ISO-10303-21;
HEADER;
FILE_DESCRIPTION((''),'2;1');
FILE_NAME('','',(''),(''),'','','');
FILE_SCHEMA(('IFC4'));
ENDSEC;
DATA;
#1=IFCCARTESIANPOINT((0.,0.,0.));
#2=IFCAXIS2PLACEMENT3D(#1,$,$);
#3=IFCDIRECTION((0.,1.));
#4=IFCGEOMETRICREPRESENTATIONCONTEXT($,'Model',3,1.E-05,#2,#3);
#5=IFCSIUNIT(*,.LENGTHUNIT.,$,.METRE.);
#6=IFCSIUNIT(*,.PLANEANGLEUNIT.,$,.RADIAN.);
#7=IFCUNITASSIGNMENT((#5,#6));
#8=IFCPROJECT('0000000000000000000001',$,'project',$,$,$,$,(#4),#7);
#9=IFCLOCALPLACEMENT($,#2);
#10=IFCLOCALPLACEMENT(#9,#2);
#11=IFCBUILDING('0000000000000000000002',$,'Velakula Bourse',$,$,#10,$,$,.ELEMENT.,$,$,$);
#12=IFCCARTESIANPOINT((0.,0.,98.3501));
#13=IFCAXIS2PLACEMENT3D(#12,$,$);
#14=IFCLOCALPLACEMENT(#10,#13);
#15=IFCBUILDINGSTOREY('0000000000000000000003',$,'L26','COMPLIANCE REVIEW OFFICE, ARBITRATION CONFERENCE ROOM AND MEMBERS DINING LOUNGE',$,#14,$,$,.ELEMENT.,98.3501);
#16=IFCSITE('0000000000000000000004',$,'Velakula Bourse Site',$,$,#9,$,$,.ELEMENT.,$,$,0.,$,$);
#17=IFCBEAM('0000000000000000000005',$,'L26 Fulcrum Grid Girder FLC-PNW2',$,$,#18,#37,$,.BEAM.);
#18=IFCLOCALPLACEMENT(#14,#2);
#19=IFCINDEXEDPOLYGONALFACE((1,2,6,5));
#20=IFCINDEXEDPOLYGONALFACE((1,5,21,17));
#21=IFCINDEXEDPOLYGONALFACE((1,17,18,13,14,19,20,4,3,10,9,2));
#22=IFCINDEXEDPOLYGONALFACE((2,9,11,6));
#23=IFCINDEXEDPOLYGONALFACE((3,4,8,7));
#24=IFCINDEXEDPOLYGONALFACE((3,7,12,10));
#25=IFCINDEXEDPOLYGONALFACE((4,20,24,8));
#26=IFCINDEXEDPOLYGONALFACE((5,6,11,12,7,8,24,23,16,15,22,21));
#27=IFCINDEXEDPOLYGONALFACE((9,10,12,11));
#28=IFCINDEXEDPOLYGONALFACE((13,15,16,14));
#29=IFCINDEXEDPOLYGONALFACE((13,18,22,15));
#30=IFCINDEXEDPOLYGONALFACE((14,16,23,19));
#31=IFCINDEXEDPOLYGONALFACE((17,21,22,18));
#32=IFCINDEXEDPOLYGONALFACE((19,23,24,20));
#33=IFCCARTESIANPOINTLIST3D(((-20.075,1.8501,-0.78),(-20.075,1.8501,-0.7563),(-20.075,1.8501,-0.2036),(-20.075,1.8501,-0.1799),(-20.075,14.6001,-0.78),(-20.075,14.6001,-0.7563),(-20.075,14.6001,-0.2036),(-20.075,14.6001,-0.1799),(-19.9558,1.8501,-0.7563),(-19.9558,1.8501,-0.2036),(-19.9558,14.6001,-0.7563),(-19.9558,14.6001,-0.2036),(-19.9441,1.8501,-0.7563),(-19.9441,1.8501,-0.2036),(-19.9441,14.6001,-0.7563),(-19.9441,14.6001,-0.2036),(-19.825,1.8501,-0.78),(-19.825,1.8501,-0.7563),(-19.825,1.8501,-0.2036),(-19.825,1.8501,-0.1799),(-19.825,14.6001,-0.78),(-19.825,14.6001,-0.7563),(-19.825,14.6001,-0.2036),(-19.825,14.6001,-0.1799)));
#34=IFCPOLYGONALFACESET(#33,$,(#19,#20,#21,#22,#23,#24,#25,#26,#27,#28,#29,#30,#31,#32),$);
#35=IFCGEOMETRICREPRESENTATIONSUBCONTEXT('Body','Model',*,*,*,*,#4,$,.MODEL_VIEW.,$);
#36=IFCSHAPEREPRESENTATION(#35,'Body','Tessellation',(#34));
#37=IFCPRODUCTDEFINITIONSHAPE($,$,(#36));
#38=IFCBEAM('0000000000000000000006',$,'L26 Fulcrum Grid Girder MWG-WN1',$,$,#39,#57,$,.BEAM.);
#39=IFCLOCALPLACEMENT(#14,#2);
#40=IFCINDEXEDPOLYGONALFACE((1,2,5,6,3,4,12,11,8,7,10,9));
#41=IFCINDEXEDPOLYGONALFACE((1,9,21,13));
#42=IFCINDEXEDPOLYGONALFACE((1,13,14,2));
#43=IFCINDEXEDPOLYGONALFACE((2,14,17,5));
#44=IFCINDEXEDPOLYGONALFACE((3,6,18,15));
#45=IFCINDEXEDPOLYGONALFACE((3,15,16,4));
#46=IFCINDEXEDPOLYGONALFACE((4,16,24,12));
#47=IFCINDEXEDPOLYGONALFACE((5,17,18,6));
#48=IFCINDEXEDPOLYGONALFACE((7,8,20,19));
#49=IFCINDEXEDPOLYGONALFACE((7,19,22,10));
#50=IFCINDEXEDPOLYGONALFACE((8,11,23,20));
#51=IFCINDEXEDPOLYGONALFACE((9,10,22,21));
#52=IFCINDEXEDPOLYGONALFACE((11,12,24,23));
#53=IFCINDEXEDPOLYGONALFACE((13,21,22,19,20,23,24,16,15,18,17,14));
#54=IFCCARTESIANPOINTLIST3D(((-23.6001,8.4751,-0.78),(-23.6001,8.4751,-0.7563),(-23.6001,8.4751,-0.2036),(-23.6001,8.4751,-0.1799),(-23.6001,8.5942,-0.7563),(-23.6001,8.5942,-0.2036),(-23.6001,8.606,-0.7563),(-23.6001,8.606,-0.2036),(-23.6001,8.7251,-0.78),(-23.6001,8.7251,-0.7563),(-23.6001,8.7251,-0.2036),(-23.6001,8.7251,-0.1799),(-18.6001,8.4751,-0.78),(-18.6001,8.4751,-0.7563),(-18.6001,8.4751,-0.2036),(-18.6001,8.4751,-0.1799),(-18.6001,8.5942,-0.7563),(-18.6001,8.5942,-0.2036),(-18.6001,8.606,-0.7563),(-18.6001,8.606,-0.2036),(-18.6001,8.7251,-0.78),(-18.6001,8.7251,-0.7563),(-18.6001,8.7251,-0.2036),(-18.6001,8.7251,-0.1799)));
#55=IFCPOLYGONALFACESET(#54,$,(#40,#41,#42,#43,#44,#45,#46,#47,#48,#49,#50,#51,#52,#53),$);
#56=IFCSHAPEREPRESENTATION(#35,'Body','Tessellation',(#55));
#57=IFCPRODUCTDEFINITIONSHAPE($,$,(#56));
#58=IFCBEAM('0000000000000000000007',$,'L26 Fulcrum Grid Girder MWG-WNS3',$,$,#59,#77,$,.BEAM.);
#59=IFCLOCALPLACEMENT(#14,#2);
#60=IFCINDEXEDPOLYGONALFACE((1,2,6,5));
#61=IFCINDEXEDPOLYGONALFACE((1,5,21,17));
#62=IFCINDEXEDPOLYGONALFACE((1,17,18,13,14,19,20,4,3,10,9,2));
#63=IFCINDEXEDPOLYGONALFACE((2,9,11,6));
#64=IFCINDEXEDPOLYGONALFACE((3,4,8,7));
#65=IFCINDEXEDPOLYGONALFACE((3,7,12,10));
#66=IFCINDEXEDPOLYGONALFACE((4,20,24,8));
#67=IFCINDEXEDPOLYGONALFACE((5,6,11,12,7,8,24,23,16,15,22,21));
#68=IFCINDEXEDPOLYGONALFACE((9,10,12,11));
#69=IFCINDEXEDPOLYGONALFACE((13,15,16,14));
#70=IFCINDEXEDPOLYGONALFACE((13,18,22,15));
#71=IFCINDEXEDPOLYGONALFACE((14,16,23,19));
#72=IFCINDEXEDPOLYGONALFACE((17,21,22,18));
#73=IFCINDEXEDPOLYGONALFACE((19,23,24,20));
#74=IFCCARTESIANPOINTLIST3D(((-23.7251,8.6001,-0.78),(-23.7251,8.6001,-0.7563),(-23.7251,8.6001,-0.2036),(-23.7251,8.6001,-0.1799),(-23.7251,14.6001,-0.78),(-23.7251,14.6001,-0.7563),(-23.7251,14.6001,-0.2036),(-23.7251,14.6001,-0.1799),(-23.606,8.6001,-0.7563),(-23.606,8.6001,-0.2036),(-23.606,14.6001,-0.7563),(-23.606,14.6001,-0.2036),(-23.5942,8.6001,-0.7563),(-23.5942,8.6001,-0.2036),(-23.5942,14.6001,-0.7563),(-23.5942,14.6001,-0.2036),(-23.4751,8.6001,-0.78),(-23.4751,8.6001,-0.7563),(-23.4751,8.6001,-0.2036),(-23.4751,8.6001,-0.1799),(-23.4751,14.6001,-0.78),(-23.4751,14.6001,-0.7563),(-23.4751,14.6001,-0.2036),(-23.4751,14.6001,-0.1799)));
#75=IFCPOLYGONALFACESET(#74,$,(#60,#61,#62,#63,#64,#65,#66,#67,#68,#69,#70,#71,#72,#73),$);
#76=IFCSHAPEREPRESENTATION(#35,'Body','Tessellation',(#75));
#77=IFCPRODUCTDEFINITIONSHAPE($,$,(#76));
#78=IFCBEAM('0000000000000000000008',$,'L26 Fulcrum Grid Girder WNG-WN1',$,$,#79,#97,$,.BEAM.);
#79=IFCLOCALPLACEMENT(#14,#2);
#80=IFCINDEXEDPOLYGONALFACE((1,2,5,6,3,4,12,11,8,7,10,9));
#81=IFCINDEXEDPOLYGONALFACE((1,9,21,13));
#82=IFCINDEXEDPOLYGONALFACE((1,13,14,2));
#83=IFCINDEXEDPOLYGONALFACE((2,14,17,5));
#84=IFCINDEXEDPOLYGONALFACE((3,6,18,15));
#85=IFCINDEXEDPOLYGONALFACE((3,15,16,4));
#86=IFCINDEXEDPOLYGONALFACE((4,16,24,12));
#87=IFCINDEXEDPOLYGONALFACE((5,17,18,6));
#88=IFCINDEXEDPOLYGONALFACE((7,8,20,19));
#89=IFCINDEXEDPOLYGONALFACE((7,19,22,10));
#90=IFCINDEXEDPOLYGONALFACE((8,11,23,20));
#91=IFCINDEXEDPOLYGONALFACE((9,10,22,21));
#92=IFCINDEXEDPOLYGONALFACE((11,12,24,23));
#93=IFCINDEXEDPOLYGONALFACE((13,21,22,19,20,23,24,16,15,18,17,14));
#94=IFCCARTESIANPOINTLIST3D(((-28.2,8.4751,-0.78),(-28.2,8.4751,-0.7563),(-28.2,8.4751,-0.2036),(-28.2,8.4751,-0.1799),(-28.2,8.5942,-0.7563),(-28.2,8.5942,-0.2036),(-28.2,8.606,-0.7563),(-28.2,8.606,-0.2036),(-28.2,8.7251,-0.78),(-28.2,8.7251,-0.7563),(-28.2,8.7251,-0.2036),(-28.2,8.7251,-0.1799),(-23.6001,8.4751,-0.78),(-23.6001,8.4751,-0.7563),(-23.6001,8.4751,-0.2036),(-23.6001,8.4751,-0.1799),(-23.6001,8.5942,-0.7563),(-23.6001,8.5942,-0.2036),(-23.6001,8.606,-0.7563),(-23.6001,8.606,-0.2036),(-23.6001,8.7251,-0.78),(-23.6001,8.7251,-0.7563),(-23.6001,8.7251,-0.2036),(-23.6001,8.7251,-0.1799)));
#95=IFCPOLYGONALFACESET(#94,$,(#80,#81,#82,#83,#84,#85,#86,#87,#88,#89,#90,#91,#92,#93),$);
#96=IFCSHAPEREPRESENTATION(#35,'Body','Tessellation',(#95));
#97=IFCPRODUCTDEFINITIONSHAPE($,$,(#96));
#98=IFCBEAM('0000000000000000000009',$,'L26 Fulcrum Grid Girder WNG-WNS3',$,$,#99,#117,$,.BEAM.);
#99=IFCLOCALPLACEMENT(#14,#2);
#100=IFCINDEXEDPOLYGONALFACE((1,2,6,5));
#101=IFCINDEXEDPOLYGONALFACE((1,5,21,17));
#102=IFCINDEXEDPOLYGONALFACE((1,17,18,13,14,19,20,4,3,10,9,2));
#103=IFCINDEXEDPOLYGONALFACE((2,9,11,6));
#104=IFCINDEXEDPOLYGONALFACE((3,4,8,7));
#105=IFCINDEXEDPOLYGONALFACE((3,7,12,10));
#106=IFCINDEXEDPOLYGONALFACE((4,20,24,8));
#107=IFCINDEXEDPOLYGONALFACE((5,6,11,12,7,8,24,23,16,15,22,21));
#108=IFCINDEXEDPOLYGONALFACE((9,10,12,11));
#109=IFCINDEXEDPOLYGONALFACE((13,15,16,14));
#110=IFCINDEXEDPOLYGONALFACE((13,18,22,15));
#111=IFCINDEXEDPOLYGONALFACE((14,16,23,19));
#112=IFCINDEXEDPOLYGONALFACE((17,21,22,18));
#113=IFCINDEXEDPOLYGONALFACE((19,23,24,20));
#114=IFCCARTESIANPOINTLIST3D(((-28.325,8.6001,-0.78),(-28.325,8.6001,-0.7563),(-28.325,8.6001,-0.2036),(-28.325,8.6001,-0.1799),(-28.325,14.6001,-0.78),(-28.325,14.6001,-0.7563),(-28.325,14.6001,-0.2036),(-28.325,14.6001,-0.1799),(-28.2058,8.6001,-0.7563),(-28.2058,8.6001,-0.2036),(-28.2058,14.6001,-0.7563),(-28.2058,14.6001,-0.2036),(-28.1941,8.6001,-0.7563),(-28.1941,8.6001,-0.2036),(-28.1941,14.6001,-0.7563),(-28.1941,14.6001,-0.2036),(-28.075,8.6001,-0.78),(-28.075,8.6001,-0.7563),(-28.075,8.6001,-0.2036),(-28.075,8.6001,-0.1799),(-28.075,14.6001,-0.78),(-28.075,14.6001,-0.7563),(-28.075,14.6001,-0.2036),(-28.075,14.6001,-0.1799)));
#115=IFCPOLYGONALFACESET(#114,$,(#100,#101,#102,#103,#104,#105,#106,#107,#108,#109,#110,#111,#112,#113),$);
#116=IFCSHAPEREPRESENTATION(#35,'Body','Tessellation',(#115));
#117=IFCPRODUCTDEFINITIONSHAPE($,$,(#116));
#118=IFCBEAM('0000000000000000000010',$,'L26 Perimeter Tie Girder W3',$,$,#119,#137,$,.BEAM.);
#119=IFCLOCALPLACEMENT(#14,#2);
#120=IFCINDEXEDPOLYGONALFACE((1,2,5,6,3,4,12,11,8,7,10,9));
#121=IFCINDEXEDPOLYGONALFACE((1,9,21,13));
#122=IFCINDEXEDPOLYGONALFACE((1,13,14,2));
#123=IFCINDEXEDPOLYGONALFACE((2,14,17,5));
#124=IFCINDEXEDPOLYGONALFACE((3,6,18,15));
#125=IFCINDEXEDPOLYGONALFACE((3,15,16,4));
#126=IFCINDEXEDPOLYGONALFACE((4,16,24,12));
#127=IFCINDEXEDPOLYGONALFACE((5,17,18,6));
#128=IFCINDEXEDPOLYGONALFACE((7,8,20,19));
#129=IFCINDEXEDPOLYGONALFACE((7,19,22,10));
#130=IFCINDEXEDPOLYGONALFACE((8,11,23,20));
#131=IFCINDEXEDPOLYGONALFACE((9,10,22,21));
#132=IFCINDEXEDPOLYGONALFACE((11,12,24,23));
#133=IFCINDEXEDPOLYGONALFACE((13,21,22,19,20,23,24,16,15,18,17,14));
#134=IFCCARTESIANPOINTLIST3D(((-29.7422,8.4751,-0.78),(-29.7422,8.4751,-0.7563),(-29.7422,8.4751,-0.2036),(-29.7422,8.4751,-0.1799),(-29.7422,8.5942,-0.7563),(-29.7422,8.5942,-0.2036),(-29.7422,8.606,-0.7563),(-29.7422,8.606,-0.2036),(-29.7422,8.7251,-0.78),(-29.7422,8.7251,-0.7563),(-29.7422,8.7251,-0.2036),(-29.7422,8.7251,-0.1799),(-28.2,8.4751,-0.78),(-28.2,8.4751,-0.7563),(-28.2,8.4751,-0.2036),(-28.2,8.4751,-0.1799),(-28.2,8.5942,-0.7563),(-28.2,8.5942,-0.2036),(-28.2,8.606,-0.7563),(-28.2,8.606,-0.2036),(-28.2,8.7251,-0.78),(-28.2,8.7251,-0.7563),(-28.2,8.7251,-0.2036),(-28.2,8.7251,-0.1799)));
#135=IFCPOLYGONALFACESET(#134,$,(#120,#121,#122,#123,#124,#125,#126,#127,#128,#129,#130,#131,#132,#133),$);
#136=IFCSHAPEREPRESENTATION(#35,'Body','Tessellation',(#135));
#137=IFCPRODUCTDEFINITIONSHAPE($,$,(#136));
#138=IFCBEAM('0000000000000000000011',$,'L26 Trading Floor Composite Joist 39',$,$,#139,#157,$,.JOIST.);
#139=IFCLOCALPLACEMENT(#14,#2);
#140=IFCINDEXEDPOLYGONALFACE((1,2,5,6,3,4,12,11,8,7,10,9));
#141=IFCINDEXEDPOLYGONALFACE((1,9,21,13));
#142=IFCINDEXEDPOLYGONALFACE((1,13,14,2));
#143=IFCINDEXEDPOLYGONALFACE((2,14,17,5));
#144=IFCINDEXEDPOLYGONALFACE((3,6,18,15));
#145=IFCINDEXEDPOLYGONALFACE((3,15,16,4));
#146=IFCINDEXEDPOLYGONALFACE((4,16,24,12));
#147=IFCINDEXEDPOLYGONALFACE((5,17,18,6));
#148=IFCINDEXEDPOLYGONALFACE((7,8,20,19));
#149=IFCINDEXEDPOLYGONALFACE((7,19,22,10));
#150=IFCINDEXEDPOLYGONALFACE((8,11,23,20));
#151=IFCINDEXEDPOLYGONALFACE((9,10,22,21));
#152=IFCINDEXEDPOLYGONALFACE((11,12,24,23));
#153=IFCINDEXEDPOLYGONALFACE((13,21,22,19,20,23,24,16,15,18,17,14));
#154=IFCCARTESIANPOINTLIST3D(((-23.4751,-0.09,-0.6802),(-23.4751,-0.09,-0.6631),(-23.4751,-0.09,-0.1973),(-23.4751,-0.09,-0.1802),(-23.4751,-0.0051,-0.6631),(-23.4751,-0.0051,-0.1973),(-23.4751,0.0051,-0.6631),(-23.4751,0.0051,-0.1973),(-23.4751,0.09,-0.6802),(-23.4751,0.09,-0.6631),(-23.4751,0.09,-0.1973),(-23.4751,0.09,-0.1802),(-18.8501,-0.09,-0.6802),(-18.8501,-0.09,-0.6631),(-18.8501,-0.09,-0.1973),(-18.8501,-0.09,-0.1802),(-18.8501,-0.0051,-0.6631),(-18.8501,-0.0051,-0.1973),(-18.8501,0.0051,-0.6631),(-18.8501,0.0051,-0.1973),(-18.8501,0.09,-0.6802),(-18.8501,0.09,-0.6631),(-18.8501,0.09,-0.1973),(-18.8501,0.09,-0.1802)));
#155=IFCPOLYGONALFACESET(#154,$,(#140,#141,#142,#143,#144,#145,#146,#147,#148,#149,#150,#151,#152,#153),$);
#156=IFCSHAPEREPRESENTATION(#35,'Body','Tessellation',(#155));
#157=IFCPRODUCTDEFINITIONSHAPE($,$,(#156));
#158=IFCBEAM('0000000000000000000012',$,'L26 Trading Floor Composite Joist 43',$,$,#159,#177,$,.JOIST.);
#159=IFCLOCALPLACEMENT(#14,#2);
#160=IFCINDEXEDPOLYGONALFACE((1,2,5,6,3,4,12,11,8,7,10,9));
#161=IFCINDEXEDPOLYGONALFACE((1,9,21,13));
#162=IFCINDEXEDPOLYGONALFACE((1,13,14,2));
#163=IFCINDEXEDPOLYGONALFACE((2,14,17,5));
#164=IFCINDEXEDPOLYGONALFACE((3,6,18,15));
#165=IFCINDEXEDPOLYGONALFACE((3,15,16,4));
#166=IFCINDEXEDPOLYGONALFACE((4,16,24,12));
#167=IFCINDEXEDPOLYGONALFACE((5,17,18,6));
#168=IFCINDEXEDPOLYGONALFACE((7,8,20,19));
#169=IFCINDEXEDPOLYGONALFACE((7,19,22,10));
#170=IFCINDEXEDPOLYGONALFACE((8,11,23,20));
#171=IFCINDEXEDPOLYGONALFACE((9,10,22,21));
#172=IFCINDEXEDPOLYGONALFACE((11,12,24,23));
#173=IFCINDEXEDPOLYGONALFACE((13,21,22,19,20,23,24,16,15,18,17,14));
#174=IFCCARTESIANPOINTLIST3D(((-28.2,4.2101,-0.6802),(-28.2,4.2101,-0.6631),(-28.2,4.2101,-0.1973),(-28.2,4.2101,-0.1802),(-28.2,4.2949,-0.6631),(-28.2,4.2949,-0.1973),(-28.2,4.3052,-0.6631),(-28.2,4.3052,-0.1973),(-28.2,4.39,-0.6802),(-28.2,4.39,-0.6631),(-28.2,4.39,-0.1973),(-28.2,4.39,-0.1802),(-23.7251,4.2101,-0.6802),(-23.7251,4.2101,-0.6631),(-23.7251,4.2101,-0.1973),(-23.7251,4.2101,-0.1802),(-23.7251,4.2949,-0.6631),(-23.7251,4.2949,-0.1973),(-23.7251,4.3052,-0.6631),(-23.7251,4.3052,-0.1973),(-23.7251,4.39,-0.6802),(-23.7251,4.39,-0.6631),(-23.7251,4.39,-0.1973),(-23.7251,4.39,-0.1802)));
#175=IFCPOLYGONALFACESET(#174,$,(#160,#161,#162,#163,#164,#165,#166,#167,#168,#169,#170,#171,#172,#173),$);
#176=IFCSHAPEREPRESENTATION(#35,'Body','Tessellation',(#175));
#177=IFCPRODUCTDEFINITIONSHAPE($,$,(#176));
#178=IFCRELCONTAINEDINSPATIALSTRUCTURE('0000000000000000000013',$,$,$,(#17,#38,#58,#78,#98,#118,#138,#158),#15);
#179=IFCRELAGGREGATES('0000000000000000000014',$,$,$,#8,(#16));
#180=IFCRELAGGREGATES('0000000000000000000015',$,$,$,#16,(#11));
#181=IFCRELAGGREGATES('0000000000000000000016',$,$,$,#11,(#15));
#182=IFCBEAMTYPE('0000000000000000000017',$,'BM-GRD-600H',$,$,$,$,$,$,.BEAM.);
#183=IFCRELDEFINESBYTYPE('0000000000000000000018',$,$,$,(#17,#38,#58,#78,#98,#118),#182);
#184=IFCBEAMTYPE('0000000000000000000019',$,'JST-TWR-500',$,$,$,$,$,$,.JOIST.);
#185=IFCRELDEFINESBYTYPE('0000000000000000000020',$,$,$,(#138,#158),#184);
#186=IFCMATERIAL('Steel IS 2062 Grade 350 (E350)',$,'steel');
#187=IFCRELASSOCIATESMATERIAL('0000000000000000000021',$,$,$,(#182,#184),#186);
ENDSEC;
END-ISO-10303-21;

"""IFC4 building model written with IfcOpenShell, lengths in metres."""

from ifc_helpers import new_model, si_unit, direction, frame, origin, origin_2d, place, context, subcontext, project, spatial, i_section, extrude, material, material_profile, profile_set, type_object, element, save


model = new_model("IFC4")

# Units and contexts
model_context = context("Model", 3, precision=1e-05, world=origin(), true_north=direction((0.0, 1.0)))
body_context = subcontext(model_context, "Body", "Model", "MODEL_VIEW")
ifc_project = project(units=[si_unit("LENGTHUNIT", "METRE"), si_unit("PLANEANGLEUNIT", "RADIAN")], contexts=[model_context])

# Site, building, storey
site_placement = place(None, origin())
site = spatial("IfcSite", under=ifc_project, at=site_placement, Name="Velakula Bourse Site", CompositionType="ELEMENT", RefElevation=0.0)
building_placement = place(site_placement, origin())
building = spatial("IfcBuilding", under=site, at=building_placement, Name="Velakula Bourse", CompositionType="ELEMENT")
storey_placement = place(building_placement, frame((0.0, 0.0, 98.3501)))
storey = spatial("IfcBuildingStorey", under=building, at=storey_placement, Name="L26", Description="COMPLIANCE REVIEW OFFICE, ARBITRATION CONFERENCE ROOM AND MEMBERS DINING LOUNGE", CompositionType="ELEMENT", Elevation=98.3501)

# Beams
ifc_material_1 = material(Name="Steel IS 2062 Grade 350 (E350)", Category="steel")
ifc_material_profile_1 = material_profile(ifc_material_1, i_section(OverallWidth=0.25, OverallDepth=0.6001, WebThickness=0.0117, FlangeThickness=0.0237, at=origin_2d()), Name="Steel IS 2062 Grade 350 (E350)")
ifc_profile_set_1 = profile_set([ifc_material_profile_1], Name="Steel IS 2062 Grade 350 (E350)")
beam_type_1 = type_object("IfcBeamType", Name="BM-GRD-600H", PredefinedType="BEAM", material=ifc_profile_set_1)
for number, where, z_axis, x_axis, name in (
    (1, (-19.95, 1.8501, -0.48), (0.0, 1.0, 0.0), (-1.0, 0.0, 0.0), "L26 Fulcrum Grid Girder FLC-PNW2"),
):
    element("IfcBeam", number, at=place(storey_placement, frame(where, z_axis=z_axis, x_axis=x_axis)), inside=storey, type_object=beam_type_1, Name=name, PredefinedType="BEAM", context=body_context, shape_type="SweptSolid", body=[
        extrude(i_section(OverallWidth=0.25, OverallDepth=0.6001, WebThickness=0.0117, FlangeThickness=0.0237, at=origin_2d()), origin(), (0.0, 0.0, 1.0), 12.75),
    ])
beam_1_placement = place(storey_placement, frame((-23.6001, 8.6001, -0.48), z_axis=(1.0, 0.0, 0.0), x_axis=(0.0, 1.0, 0.0)))
element("IfcBeam", 2, at=beam_1_placement, inside=storey, type_object=beam_type_1, Name="L26 Fulcrum Grid Girder MWG-WN1", PredefinedType="BEAM", context=body_context, shape_type="SweptSolid", body=[
    extrude(i_section(OverallWidth=0.25, OverallDepth=0.6001, WebThickness=0.0117, FlangeThickness=0.0237, at=origin_2d()), origin(), (0.0, 0.0, 1.0), 5.0),
])
beam_2_placement = place(storey_placement, frame((-23.6001, 8.6001, -0.48), z_axis=(0.0, 1.0, 0.0), x_axis=(-1.0, 0.0, 0.0)))
element("IfcBeam", 3, at=beam_2_placement, inside=storey, type_object=beam_type_1, Name="L26 Fulcrum Grid Girder MWG-WNS3", PredefinedType="BEAM", context=body_context, shape_type="SweptSolid", body=[
    extrude(i_section(OverallWidth=0.25, OverallDepth=0.6001, WebThickness=0.0117, FlangeThickness=0.0237, at=origin_2d()), origin(), (0.0, 0.0, 1.0), 6.0),
])
beam_3_placement = place(storey_placement, frame((-28.2, 8.6001, -0.48), z_axis=(1.0, 0.0, 0.0), x_axis=(0.0, 1.0, 0.0)))
element("IfcBeam", 4, at=beam_3_placement, inside=storey, type_object=beam_type_1, Name="L26 Fulcrum Grid Girder WNG-WN1", PredefinedType="BEAM", context=body_context, shape_type="SweptSolid", body=[
    extrude(i_section(OverallWidth=0.25, OverallDepth=0.6001, WebThickness=0.0117, FlangeThickness=0.0237, at=origin_2d()), origin(), (0.0, 0.0, 1.0), 4.5999),
])
beam_4_placement = place(storey_placement, frame((-28.2, 8.6001, -0.48), z_axis=(0.0, 1.0, 0.0), x_axis=(-1.0, 0.0, 0.0)))
element("IfcBeam", 5, at=beam_4_placement, inside=storey, type_object=beam_type_1, Name="L26 Fulcrum Grid Girder WNG-WNS3", PredefinedType="BEAM", context=body_context, shape_type="SweptSolid", body=[
    extrude(i_section(OverallWidth=0.25, OverallDepth=0.6001, WebThickness=0.0117, FlangeThickness=0.0237, at=origin_2d()), origin(), (0.0, 0.0, 1.0), 6.0),
])
beam_5_placement = place(storey_placement, frame((-28.2, 8.6001, -0.48), z_axis=(-1.0, 0.0, 0.0), x_axis=(0.0, -1.0, 0.0)))
element("IfcBeam", 6, at=beam_5_placement, inside=storey, type_object=beam_type_1, Name="L26 Perimeter Tie Girder W3", PredefinedType="BEAM", context=body_context, shape_type="SweptSolid", body=[
    extrude(i_section(OverallWidth=0.25, OverallDepth=0.6001, WebThickness=0.0117, FlangeThickness=0.0237, at=origin_2d()), origin(), (0.0, 0.0, 1.0), 1.5422),
])
ifc_material_profile_2 = material_profile(ifc_material_1, i_section(OverallWidth=0.1799, OverallDepth=0.5, WebThickness=0.0103, FlangeThickness=0.0171, at=origin_2d()), Name="Steel IS 2062 Grade 350 (E350)")
ifc_profile_set_2 = profile_set([ifc_material_profile_2], Name="Steel IS 2062 Grade 350 (E350)")
beam_type_2 = type_object("IfcBeamType", Name="JST-TWR-500", PredefinedType="JOIST", material=ifc_profile_set_2)
beam_6_placement = place(storey_placement, frame((-23.4751, 0.0, -0.4302), z_axis=(1.0, 0.0, 0.0), x_axis=(0.0, 1.0, 0.0)))
element("IfcBeam", 7, at=beam_6_placement, inside=storey, type_object=beam_type_2, Name="L26 Trading Floor Composite Joist 39", PredefinedType="JOIST", context=body_context, shape_type="SweptSolid", body=[
    extrude(i_section(OverallWidth=0.1799, OverallDepth=0.5, WebThickness=0.0103, FlangeThickness=0.0171, at=origin_2d()), origin(), (0.0, 0.0, 1.0), 4.625),
])
beam_7_placement = place(storey_placement, frame((-28.2, 4.3, -0.4302), z_axis=(1.0, 0.0, 0.0), x_axis=(0.0, 1.0, 0.0)))
element("IfcBeam", 8, at=beam_7_placement, inside=storey, type_object=beam_type_2, Name="L26 Trading Floor Composite Joist 43", PredefinedType="JOIST", context=body_context, shape_type="SweptSolid", body=[
    extrude(i_section(OverallWidth=0.1799, OverallDepth=0.5, WebThickness=0.0103, FlangeThickness=0.0171, at=origin_2d()), origin(), (0.0, 0.0, 1.0), 4.4749),
])

save(model, "model.ifc")
